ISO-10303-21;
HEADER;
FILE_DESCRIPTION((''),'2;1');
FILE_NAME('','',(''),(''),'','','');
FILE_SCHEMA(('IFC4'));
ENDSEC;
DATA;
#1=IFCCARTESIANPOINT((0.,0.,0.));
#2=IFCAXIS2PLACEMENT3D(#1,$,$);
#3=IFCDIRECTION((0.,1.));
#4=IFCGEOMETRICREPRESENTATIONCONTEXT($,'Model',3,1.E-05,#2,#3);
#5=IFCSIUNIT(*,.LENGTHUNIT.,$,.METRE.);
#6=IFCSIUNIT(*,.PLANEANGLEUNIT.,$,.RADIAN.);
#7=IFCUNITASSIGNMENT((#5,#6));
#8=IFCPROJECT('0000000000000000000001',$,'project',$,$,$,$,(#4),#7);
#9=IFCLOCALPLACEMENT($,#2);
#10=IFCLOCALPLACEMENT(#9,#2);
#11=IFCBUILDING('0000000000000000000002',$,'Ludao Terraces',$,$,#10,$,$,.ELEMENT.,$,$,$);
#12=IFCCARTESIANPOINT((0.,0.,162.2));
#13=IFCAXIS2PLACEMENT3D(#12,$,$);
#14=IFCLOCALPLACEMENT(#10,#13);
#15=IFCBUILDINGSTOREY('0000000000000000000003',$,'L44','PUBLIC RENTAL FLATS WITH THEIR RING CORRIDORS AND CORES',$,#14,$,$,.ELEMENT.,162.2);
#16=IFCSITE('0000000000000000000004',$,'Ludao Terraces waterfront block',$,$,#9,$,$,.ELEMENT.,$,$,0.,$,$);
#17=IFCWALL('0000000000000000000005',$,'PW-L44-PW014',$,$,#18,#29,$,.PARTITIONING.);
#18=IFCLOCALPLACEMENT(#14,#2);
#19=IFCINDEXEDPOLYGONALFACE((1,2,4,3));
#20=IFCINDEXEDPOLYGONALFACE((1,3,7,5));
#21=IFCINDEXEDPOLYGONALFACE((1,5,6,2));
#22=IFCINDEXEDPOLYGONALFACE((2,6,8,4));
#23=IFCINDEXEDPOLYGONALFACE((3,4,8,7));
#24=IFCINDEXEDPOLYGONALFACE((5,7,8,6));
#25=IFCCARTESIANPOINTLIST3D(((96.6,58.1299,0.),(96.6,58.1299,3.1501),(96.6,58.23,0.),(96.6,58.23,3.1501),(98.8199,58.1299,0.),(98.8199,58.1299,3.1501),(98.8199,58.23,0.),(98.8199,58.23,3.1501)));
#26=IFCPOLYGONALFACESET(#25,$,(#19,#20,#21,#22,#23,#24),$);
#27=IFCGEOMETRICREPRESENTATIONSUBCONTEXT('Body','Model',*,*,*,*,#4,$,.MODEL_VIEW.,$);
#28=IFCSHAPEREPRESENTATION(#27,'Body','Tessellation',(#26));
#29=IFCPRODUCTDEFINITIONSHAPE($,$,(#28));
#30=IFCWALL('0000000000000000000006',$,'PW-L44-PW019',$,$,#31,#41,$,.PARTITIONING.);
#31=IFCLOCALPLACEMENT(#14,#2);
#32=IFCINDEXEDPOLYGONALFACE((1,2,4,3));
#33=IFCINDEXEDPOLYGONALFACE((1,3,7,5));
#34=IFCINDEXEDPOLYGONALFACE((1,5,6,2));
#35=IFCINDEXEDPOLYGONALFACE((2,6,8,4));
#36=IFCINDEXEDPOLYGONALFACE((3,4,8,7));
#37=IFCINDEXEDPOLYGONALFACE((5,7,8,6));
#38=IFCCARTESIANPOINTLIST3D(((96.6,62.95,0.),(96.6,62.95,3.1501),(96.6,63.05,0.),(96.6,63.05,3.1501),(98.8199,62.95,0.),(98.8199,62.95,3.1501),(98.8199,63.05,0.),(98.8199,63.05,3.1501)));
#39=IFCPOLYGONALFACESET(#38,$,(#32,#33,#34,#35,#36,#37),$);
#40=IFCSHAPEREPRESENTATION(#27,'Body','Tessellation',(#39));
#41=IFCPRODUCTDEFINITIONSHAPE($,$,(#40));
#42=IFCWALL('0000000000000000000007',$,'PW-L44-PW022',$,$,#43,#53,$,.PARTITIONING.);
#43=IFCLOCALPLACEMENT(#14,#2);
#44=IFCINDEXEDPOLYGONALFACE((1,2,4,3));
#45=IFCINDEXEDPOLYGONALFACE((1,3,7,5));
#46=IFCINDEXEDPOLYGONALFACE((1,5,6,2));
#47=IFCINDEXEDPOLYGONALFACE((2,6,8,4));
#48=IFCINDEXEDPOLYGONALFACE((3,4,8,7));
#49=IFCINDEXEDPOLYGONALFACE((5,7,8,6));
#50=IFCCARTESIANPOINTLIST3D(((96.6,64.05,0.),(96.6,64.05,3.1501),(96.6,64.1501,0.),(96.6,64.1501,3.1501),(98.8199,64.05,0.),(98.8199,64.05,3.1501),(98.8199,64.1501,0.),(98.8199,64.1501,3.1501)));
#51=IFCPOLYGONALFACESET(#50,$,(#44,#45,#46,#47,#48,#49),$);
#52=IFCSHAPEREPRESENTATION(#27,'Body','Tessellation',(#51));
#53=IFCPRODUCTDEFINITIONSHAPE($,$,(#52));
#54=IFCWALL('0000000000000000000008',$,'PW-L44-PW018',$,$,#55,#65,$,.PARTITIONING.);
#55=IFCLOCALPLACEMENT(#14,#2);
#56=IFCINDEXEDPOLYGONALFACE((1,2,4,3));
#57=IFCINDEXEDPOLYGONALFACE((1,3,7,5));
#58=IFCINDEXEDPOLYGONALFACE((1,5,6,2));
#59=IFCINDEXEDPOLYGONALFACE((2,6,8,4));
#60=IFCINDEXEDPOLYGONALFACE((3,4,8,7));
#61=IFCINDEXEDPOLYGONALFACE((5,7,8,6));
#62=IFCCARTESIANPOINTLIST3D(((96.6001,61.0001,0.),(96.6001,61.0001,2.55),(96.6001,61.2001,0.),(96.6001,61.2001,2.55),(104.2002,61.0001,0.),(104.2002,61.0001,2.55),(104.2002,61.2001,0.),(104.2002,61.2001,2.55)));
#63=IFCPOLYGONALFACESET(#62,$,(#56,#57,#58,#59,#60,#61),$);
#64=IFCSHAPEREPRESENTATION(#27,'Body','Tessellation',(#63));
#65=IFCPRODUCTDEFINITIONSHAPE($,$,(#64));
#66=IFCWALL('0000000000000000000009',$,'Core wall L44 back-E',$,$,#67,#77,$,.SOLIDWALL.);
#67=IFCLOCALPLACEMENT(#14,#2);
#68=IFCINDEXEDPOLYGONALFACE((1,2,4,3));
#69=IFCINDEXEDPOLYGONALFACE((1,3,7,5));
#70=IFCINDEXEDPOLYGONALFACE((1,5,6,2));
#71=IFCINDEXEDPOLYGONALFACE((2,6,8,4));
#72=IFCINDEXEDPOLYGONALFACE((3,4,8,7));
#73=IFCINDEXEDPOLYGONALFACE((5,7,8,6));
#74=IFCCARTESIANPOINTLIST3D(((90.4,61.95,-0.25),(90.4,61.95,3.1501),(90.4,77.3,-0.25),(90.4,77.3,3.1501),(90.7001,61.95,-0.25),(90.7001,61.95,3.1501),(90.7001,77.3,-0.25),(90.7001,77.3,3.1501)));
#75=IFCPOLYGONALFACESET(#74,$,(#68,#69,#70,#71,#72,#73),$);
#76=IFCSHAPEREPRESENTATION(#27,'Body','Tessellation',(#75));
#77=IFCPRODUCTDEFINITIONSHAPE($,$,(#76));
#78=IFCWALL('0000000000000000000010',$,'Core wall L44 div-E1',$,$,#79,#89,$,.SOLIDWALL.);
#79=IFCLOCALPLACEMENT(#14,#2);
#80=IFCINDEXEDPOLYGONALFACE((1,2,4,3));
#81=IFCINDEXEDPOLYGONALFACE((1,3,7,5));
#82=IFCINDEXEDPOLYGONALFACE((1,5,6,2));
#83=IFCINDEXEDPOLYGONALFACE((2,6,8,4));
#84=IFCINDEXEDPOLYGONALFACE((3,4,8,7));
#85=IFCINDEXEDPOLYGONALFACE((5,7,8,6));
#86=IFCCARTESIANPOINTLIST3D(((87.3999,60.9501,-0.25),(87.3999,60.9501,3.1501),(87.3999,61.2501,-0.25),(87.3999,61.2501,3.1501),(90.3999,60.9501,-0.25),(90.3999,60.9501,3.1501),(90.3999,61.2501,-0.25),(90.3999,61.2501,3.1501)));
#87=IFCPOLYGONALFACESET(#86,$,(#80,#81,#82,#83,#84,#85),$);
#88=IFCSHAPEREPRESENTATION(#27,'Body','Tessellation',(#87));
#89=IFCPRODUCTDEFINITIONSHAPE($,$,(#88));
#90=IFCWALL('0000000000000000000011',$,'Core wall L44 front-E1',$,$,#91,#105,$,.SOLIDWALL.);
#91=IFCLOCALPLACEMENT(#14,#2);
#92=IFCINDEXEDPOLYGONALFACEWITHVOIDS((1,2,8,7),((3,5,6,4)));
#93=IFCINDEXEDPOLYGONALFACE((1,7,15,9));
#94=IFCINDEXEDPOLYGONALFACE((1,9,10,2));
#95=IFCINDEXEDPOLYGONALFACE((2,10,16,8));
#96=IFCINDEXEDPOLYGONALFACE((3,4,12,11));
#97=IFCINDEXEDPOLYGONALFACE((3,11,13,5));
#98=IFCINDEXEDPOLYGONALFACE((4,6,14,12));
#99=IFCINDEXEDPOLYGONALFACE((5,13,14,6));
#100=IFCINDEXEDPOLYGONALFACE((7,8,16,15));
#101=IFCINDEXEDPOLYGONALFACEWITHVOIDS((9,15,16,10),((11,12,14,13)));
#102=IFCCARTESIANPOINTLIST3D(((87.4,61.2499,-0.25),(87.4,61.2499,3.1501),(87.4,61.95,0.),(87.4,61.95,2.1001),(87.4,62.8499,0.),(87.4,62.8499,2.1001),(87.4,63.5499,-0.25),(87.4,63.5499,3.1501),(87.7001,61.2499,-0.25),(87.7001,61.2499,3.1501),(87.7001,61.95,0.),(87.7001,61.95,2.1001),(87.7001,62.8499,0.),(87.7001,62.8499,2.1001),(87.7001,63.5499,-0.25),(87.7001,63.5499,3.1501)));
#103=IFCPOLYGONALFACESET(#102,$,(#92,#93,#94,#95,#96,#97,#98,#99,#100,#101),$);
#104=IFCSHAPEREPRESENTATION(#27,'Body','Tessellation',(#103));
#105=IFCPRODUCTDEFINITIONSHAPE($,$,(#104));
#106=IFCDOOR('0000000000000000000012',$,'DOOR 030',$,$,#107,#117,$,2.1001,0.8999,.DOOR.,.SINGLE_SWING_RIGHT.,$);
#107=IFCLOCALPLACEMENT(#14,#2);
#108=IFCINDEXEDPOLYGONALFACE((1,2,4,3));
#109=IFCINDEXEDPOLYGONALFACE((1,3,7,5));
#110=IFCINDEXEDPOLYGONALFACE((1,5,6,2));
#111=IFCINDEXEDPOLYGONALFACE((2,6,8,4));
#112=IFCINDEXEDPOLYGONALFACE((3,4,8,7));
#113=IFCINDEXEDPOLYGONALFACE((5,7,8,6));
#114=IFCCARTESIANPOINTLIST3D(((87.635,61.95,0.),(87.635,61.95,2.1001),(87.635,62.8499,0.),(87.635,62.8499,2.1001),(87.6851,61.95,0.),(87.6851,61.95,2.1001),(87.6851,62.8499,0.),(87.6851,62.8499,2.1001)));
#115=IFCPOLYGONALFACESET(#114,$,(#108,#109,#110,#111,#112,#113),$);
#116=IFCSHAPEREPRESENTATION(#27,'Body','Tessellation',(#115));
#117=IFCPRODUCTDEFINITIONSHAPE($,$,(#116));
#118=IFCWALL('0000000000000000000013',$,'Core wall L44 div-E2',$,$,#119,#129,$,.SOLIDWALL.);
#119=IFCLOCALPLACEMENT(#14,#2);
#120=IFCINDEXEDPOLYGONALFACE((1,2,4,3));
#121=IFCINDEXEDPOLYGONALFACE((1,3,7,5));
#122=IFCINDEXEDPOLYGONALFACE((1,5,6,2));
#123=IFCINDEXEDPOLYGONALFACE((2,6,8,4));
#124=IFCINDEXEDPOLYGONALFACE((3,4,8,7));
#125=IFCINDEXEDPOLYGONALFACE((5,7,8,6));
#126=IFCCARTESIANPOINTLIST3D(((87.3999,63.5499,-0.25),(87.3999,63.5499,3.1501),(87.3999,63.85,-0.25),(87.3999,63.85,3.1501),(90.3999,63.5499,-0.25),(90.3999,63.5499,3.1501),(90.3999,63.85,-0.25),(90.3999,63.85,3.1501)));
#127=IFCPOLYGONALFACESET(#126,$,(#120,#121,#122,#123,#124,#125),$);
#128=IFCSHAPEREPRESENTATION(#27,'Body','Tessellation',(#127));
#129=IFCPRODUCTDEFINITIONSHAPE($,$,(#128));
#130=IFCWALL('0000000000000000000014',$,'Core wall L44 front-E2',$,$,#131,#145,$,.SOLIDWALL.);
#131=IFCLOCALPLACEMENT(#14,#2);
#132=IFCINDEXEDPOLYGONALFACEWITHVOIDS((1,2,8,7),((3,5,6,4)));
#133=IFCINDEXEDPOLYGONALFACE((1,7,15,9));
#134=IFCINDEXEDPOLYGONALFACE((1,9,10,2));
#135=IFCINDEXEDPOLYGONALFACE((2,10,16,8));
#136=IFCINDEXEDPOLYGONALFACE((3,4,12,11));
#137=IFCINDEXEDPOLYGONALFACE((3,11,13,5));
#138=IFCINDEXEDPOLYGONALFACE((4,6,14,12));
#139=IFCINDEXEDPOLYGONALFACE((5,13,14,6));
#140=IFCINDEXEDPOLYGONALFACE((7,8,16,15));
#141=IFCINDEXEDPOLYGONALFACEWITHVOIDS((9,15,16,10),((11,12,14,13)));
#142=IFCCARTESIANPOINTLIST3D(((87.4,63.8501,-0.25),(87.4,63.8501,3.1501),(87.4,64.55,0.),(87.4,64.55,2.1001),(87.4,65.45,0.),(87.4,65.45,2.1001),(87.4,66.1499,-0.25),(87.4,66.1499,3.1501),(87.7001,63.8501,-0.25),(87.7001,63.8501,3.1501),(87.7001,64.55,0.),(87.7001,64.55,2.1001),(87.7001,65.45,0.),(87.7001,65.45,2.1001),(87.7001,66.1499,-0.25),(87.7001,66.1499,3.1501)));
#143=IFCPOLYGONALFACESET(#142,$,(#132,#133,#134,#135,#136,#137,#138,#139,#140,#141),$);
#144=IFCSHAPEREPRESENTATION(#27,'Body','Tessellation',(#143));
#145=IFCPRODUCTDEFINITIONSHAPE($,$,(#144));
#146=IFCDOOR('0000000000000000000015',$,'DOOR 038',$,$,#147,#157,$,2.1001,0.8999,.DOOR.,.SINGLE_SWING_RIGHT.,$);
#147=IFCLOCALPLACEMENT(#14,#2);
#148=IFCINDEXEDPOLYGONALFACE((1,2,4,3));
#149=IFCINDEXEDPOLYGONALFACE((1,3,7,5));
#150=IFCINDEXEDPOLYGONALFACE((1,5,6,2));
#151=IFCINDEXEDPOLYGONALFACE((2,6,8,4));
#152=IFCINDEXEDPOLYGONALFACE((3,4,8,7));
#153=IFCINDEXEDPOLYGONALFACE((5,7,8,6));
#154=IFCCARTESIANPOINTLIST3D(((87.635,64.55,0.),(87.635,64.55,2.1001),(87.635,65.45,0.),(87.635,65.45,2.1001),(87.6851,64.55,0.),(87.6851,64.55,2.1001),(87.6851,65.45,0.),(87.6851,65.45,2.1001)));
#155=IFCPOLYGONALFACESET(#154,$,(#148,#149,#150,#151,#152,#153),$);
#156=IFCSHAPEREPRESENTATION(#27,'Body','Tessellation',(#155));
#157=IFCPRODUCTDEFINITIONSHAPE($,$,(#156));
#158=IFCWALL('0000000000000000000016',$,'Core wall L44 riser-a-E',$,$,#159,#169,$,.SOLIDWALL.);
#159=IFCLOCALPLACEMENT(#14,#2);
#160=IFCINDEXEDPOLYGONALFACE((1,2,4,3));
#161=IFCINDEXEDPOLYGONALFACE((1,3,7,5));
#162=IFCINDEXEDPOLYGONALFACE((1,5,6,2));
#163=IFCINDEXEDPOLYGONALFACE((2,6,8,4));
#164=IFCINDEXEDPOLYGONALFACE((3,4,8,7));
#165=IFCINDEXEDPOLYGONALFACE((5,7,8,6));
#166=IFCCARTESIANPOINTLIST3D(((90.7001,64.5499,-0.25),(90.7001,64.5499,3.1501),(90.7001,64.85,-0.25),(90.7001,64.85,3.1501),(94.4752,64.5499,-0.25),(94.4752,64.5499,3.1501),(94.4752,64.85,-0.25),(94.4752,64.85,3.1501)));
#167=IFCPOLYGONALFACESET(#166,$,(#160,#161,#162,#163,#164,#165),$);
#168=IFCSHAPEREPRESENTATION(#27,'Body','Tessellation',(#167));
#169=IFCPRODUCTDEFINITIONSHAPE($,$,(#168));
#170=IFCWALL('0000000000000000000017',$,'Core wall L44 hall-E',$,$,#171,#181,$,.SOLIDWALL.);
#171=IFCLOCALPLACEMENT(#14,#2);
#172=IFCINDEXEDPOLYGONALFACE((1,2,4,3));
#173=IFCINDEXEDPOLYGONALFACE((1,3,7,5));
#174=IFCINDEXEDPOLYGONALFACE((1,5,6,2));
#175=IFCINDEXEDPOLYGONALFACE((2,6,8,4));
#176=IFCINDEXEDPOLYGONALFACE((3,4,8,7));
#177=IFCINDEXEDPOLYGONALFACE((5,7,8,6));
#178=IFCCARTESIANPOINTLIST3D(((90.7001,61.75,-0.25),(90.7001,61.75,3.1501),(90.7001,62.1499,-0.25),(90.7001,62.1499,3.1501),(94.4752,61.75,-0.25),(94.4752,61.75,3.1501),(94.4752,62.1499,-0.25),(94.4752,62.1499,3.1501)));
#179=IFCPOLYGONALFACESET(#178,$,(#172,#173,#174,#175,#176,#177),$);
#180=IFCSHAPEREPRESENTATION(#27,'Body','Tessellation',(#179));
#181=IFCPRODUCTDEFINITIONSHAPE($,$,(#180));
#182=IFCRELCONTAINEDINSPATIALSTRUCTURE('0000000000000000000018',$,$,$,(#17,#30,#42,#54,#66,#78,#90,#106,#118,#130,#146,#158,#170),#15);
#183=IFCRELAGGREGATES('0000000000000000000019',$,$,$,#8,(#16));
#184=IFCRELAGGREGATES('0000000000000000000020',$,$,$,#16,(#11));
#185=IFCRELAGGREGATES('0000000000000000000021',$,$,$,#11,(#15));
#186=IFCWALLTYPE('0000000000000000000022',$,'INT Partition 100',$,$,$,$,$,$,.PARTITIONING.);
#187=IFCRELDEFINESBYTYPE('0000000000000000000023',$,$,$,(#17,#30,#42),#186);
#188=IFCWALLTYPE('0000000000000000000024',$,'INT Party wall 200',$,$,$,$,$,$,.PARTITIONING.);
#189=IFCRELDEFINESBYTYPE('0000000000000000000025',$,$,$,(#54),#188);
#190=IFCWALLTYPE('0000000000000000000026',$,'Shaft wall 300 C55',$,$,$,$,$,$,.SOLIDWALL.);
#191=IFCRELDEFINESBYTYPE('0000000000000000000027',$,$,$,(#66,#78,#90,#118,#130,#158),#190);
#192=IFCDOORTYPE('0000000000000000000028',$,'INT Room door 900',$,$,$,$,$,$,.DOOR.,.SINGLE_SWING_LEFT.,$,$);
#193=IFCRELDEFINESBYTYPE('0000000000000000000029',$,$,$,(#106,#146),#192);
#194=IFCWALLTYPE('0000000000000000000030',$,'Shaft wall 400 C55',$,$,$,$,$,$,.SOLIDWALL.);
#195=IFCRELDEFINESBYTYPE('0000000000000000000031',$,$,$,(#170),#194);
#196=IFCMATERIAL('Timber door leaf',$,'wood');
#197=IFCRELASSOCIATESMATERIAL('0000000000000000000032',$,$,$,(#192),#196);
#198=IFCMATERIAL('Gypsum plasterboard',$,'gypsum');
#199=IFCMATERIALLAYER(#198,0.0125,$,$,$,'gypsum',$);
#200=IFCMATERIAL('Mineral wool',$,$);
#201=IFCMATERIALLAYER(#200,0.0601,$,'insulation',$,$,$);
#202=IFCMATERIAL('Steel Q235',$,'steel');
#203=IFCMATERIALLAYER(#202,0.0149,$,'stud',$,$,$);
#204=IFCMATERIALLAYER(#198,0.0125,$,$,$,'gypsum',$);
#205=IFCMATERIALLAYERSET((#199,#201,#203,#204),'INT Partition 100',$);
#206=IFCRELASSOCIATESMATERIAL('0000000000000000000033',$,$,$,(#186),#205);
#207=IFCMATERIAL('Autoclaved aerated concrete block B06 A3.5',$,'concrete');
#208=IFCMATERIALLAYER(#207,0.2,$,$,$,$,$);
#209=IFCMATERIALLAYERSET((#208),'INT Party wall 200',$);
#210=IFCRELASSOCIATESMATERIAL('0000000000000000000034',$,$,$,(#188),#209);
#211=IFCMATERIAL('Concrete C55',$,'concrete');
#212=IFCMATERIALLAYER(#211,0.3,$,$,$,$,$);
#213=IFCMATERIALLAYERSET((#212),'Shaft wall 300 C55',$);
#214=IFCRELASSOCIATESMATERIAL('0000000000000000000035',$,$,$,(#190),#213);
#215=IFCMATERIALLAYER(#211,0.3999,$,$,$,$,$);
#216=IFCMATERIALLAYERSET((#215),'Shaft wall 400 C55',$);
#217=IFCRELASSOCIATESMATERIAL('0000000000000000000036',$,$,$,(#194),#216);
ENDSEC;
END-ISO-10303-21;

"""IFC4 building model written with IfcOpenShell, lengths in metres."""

from ifc_helpers import new_model, si_unit, direction, frame, frame_2d, origin, place, context, subcontext, project, spatial, rectangle, extrude, material, layer, layer_set, type_object, element, fill, save


model = new_model("IFC4")

# Units and contexts
model_context = context("Model", 3, precision=1e-05, world=origin(), true_north=direction((0.0, 1.0)))
body_context = subcontext(model_context, "Body", "Model", "MODEL_VIEW")
ifc_project = project(units=[si_unit("LENGTHUNIT", "METRE"), si_unit("PLANEANGLEUNIT", "RADIAN")], contexts=[model_context])

# Site, building, storey
site_placement = place(None, origin())
site = spatial("IfcSite", under=ifc_project, at=site_placement, Name="Ludao Terraces waterfront block", CompositionType="ELEMENT", RefElevation=0.0)
building_placement = place(site_placement, origin())
building = spatial("IfcBuilding", under=site, at=building_placement, Name="Ludao Terraces", CompositionType="ELEMENT")
storey_placement = place(building_placement, frame((0.0, 0.0, 162.2)))
storey = spatial("IfcBuildingStorey", under=building, at=storey_placement, Name="L44", Description="PUBLIC RENTAL FLATS WITH THEIR RING CORRIDORS AND CORES", CompositionType="ELEMENT", Elevation=162.2)

# Shared definitions
ifc_material_1 = material(Name="Steel Q235", Category="steel")
ifc_material_2 = material(Name="Timber door leaf", Category="wood")
door_type_1 = type_object("IfcDoorType", Name="INT Room door 900", OperationType="SINGLE_SWING_LEFT", PredefinedType="DOOR", material=ifc_material_2)

# Shared definitions
ifc_material_3 = material(Name="Mineral wool")

# Walls
ifc_material_4 = material(Name="Gypsum plasterboard", Category="gypsum")
ifc_layer_1 = layer(ifc_material_4, 0.0125, Category="gypsum")
ifc_layer_2 = layer(ifc_material_3, 0.0601, Name="insulation")
ifc_layer_3 = layer(ifc_material_1, 0.0149, Name="stud")
ifc_layer_4 = layer(ifc_material_4, 0.0125, Category="gypsum")
ifc_layer_set_1 = layer_set([ifc_layer_1, ifc_layer_2, ifc_layer_3, ifc_layer_4], Name="INT Partition 100")
wall_type_1 = type_object("IfcWallType", Name="INT Partition 100", PredefinedType="PARTITIONING", material=ifc_layer_set_1)
for number, where, z_axis, x_axis, name in (
    (1, (96.6001, 58.1799, 0.0), (0.0, 0.0, 1.0), (1.0, 0.0, 0.0), "PW-L44-PW014"),
    (2, (96.6001, 63.0, 0.0), (0.0, 0.0, 1.0), (1.0, 0.0, 0.0), "PW-L44-PW019"),
    (3, (96.6001, 64.1001, 0.0), (0.0, 0.0, 1.0), (1.0, 0.0, 0.0), "PW-L44-PW022"),
):
    element("IfcWall", number, at=place(storey_placement, frame(where, z_axis=z_axis, x_axis=x_axis)), inside=storey, type_object=wall_type_1, Name=name, PredefinedType="PARTITIONING", context=body_context, shape_type="SweptSolid", body=[
        extrude(rectangle(XDim=2.22, YDim=0.1001, at=frame_2d((1.1099, 0.0))), origin(), (0.0, 0.0, 1.0), 3.1501),
    ])
ifc_material_5 = material(Name="Autoclaved aerated concrete block B06 A3.5", Category="concrete")
ifc_layer_5 = layer(ifc_material_5, 0.2)
ifc_layer_set_2 = layer_set([ifc_layer_5], Name="INT Party wall 200")
wall_type_2 = type_object("IfcWallType", Name="INT Party wall 200", PredefinedType="PARTITIONING", material=ifc_layer_set_2)
wall_1_placement = place(storey_placement, frame((96.6001, 61.1001, 0.0), z_axis=(0.0, 0.0, 1.0), x_axis=(1.0, 0.0, 0.0)))
element("IfcWall", 4, at=wall_1_placement, inside=storey, type_object=wall_type_2, Name="PW-L44-PW018", PredefinedType="PARTITIONING", context=body_context, shape_type="SweptSolid", body=[
    extrude(rectangle(XDim=7.6001, YDim=0.2, at=frame_2d((3.8, 0.0))), origin(), (0.0, 0.0, 1.0), 2.55),
])
ifc_material_6 = material(Name="Concrete C55", Category="concrete")
ifc_layer_6 = layer(ifc_material_6, 0.3)
ifc_layer_set_3 = layer_set([ifc_layer_6], Name="Shaft wall 300 C55")
wall_type_3 = type_object("IfcWallType", Name="Shaft wall 300 C55", PredefinedType="SOLIDWALL", material=ifc_layer_set_3)
wall_2_placement = place(storey_placement, frame((90.55, 61.95, -0.25), z_axis=(0.0, 0.0, 1.0), x_axis=(0.0, 1.0, 0.0)))
element("IfcWall", 5, at=wall_2_placement, inside=storey, type_object=wall_type_3, Name="Core wall L44 back-E", PredefinedType="SOLIDWALL", context=body_context, shape_type="SweptSolid", body=[
    extrude(rectangle(XDim=15.3501, YDim=0.3, at=frame_2d((7.675, 0.0))), origin(), (0.0, 0.0, 1.0), 3.4001),
])
wall_3_placement = place(storey_placement, frame((87.3999, 61.1001, -0.25), z_axis=(0.0, 0.0, 1.0), x_axis=(1.0, 0.0, 0.0)))
element("IfcWall", 6, at=wall_3_placement, inside=storey, type_object=wall_type_3, Name="Core wall L44 div-E1", PredefinedType="SOLIDWALL", context=body_context, shape_type="SweptSolid", body=[
    extrude(rectangle(XDim=3.0, YDim=0.3, at=frame_2d((1.5, 0.0))), origin(), (0.0, 0.0, 1.0), 3.4001),
])

# Wall, opening, door
wall_4_placement = place(storey_placement, frame((87.55, 61.25, -0.25), z_axis=(0.0, 0.0, 1.0), x_axis=(0.0, 1.0, 0.0)))
wall_4 = element("IfcWall", 7, at=wall_4_placement, inside=storey, type_object=wall_type_3, Name="Core wall L44 front-E1", PredefinedType="SOLIDWALL", context=body_context, shape_type="SweptSolid", body=[
    extrude(rectangle(XDim=2.3, YDim=0.3, at=frame_2d((1.1499, 0.0))), origin(), (0.0, 0.0, 1.0), 3.4001),
])
opening_1_placement = place(wall_4_placement, frame((0.7, 0.0, 0.25)))
opening_1 = element("IfcOpeningElement", 8, at=opening_1_placement, cuts=wall_4, PredefinedType="OPENING", context=body_context, shape_type="SweptSolid", body=[
    extrude(rectangle(XDim=0.8999, YDim=2.1001, at=frame_2d((0.45, 1.05))), frame((0.0, 0.1602, 0.0), z_axis=(0.0, -1.0, 0.0), x_axis=(1.0, 0.0, 0.0)), (0.0, 0.0, 1.0), 0.3201),
])
door_1_placement = place(opening_1_placement, origin())
door_1 = element("IfcDoor", 9, at=door_1_placement, inside=storey, type_object=door_type_1, Name="DOOR 030", OperationType="SINGLE_SWING_RIGHT", OverallHeight=2.1001, OverallWidth=0.8999, PredefinedType="DOOR", context=body_context, shape_type="SweptSolid", body=[
    extrude(rectangle(XDim=0.8999, YDim=2.1001, at=frame_2d((0.45, 1.05))), frame((0.0, -0.085, 0.0), z_axis=(0.0, -1.0, 0.0), x_axis=(1.0, 0.0, 0.0)), (0.0, 0.0, 1.0), 0.05),
])
fill(opening_1, door_1)

# Wall
wall_5_placement = place(storey_placement, frame((87.3999, 63.7, -0.25), z_axis=(0.0, 0.0, 1.0), x_axis=(1.0, 0.0, 0.0)))
element("IfcWall", 10, at=wall_5_placement, inside=storey, type_object=wall_type_3, Name="Core wall L44 div-E2", PredefinedType="SOLIDWALL", context=body_context, shape_type="SweptSolid", body=[
    extrude(rectangle(XDim=3.0, YDim=0.3, at=frame_2d((1.5, 0.0))), origin(), (0.0, 0.0, 1.0), 3.4001),
])

# Wall, opening, door
wall_6_placement = place(storey_placement, frame((87.55, 63.8501, -0.25), z_axis=(0.0, 0.0, 1.0), x_axis=(0.0, 1.0, 0.0)))
wall_6 = element("IfcWall", 11, at=wall_6_placement, inside=storey, type_object=wall_type_3, Name="Core wall L44 front-E2", PredefinedType="SOLIDWALL", context=body_context, shape_type="SweptSolid", body=[
    extrude(rectangle(XDim=2.2998, YDim=0.3, at=frame_2d((1.1499, 0.0))), origin(), (0.0, 0.0, 1.0), 3.4001),
])
opening_2_placement = place(wall_6_placement, frame((0.7, 0.0, 0.25)))
opening_2 = element("IfcOpeningElement", 12, at=opening_2_placement, cuts=wall_6, PredefinedType="OPENING", context=body_context, shape_type="SweptSolid", body=[
    extrude(rectangle(XDim=0.8999, YDim=2.1001, at=frame_2d((0.45, 1.05))), frame((0.0, 0.1602, 0.0), z_axis=(0.0, -1.0, 0.0), x_axis=(1.0, 0.0, 0.0)), (0.0, 0.0, 1.0), 0.3201),
])
door_2_placement = place(opening_2_placement, origin())
door_2 = element("IfcDoor", 13, at=door_2_placement, inside=storey, type_object=door_type_1, Name="DOOR 038", OperationType="SINGLE_SWING_RIGHT", OverallHeight=2.1001, OverallWidth=0.8999, PredefinedType="DOOR", context=body_context, shape_type="SweptSolid", body=[
    extrude(rectangle(XDim=0.8999, YDim=2.1001, at=frame_2d((0.45, 1.05))), frame((0.0, -0.085, 0.0), z_axis=(0.0, -1.0, 0.0), x_axis=(1.0, 0.0, 0.0)), (0.0, 0.0, 1.0), 0.05),
])
fill(opening_2, door_2)

# Walls
wall_7_placement = place(storey_placement, frame((90.7, 64.7, -0.25), z_axis=(0.0, 0.0, 1.0), x_axis=(1.0, 0.0, 0.0)))
element("IfcWall", 14, at=wall_7_placement, inside=storey, type_object=wall_type_3, Name="Core wall L44 riser-a-E", PredefinedType="SOLIDWALL", context=body_context, shape_type="SweptSolid", body=[
    extrude(rectangle(XDim=3.7751, YDim=0.3, at=frame_2d((1.8877, 0.0))), origin(), (0.0, 0.0, 1.0), 3.4001),
])
ifc_layer_7 = layer(ifc_material_6, 0.3999)
ifc_layer_set_4 = layer_set([ifc_layer_7], Name="Shaft wall 400 C55")
wall_type_4 = type_object("IfcWallType", Name="Shaft wall 400 C55", PredefinedType="SOLIDWALL", material=ifc_layer_set_4)
wall_8_placement = place(storey_placement, frame((90.7, 61.95, -0.25), z_axis=(0.0, 0.0, 1.0), x_axis=(1.0, 0.0, 0.0)))
element("IfcWall", 15, at=wall_8_placement, inside=storey, type_object=wall_type_4, Name="Core wall L44 hall-E", PredefinedType="SOLIDWALL", context=body_context, shape_type="SweptSolid", body=[
    extrude(rectangle(XDim=3.7751, YDim=0.3999, at=frame_2d((1.8877, 0.0))), origin(), (0.0, 0.0, 1.0), 3.4001),
])

save(model, "model.ifc")
